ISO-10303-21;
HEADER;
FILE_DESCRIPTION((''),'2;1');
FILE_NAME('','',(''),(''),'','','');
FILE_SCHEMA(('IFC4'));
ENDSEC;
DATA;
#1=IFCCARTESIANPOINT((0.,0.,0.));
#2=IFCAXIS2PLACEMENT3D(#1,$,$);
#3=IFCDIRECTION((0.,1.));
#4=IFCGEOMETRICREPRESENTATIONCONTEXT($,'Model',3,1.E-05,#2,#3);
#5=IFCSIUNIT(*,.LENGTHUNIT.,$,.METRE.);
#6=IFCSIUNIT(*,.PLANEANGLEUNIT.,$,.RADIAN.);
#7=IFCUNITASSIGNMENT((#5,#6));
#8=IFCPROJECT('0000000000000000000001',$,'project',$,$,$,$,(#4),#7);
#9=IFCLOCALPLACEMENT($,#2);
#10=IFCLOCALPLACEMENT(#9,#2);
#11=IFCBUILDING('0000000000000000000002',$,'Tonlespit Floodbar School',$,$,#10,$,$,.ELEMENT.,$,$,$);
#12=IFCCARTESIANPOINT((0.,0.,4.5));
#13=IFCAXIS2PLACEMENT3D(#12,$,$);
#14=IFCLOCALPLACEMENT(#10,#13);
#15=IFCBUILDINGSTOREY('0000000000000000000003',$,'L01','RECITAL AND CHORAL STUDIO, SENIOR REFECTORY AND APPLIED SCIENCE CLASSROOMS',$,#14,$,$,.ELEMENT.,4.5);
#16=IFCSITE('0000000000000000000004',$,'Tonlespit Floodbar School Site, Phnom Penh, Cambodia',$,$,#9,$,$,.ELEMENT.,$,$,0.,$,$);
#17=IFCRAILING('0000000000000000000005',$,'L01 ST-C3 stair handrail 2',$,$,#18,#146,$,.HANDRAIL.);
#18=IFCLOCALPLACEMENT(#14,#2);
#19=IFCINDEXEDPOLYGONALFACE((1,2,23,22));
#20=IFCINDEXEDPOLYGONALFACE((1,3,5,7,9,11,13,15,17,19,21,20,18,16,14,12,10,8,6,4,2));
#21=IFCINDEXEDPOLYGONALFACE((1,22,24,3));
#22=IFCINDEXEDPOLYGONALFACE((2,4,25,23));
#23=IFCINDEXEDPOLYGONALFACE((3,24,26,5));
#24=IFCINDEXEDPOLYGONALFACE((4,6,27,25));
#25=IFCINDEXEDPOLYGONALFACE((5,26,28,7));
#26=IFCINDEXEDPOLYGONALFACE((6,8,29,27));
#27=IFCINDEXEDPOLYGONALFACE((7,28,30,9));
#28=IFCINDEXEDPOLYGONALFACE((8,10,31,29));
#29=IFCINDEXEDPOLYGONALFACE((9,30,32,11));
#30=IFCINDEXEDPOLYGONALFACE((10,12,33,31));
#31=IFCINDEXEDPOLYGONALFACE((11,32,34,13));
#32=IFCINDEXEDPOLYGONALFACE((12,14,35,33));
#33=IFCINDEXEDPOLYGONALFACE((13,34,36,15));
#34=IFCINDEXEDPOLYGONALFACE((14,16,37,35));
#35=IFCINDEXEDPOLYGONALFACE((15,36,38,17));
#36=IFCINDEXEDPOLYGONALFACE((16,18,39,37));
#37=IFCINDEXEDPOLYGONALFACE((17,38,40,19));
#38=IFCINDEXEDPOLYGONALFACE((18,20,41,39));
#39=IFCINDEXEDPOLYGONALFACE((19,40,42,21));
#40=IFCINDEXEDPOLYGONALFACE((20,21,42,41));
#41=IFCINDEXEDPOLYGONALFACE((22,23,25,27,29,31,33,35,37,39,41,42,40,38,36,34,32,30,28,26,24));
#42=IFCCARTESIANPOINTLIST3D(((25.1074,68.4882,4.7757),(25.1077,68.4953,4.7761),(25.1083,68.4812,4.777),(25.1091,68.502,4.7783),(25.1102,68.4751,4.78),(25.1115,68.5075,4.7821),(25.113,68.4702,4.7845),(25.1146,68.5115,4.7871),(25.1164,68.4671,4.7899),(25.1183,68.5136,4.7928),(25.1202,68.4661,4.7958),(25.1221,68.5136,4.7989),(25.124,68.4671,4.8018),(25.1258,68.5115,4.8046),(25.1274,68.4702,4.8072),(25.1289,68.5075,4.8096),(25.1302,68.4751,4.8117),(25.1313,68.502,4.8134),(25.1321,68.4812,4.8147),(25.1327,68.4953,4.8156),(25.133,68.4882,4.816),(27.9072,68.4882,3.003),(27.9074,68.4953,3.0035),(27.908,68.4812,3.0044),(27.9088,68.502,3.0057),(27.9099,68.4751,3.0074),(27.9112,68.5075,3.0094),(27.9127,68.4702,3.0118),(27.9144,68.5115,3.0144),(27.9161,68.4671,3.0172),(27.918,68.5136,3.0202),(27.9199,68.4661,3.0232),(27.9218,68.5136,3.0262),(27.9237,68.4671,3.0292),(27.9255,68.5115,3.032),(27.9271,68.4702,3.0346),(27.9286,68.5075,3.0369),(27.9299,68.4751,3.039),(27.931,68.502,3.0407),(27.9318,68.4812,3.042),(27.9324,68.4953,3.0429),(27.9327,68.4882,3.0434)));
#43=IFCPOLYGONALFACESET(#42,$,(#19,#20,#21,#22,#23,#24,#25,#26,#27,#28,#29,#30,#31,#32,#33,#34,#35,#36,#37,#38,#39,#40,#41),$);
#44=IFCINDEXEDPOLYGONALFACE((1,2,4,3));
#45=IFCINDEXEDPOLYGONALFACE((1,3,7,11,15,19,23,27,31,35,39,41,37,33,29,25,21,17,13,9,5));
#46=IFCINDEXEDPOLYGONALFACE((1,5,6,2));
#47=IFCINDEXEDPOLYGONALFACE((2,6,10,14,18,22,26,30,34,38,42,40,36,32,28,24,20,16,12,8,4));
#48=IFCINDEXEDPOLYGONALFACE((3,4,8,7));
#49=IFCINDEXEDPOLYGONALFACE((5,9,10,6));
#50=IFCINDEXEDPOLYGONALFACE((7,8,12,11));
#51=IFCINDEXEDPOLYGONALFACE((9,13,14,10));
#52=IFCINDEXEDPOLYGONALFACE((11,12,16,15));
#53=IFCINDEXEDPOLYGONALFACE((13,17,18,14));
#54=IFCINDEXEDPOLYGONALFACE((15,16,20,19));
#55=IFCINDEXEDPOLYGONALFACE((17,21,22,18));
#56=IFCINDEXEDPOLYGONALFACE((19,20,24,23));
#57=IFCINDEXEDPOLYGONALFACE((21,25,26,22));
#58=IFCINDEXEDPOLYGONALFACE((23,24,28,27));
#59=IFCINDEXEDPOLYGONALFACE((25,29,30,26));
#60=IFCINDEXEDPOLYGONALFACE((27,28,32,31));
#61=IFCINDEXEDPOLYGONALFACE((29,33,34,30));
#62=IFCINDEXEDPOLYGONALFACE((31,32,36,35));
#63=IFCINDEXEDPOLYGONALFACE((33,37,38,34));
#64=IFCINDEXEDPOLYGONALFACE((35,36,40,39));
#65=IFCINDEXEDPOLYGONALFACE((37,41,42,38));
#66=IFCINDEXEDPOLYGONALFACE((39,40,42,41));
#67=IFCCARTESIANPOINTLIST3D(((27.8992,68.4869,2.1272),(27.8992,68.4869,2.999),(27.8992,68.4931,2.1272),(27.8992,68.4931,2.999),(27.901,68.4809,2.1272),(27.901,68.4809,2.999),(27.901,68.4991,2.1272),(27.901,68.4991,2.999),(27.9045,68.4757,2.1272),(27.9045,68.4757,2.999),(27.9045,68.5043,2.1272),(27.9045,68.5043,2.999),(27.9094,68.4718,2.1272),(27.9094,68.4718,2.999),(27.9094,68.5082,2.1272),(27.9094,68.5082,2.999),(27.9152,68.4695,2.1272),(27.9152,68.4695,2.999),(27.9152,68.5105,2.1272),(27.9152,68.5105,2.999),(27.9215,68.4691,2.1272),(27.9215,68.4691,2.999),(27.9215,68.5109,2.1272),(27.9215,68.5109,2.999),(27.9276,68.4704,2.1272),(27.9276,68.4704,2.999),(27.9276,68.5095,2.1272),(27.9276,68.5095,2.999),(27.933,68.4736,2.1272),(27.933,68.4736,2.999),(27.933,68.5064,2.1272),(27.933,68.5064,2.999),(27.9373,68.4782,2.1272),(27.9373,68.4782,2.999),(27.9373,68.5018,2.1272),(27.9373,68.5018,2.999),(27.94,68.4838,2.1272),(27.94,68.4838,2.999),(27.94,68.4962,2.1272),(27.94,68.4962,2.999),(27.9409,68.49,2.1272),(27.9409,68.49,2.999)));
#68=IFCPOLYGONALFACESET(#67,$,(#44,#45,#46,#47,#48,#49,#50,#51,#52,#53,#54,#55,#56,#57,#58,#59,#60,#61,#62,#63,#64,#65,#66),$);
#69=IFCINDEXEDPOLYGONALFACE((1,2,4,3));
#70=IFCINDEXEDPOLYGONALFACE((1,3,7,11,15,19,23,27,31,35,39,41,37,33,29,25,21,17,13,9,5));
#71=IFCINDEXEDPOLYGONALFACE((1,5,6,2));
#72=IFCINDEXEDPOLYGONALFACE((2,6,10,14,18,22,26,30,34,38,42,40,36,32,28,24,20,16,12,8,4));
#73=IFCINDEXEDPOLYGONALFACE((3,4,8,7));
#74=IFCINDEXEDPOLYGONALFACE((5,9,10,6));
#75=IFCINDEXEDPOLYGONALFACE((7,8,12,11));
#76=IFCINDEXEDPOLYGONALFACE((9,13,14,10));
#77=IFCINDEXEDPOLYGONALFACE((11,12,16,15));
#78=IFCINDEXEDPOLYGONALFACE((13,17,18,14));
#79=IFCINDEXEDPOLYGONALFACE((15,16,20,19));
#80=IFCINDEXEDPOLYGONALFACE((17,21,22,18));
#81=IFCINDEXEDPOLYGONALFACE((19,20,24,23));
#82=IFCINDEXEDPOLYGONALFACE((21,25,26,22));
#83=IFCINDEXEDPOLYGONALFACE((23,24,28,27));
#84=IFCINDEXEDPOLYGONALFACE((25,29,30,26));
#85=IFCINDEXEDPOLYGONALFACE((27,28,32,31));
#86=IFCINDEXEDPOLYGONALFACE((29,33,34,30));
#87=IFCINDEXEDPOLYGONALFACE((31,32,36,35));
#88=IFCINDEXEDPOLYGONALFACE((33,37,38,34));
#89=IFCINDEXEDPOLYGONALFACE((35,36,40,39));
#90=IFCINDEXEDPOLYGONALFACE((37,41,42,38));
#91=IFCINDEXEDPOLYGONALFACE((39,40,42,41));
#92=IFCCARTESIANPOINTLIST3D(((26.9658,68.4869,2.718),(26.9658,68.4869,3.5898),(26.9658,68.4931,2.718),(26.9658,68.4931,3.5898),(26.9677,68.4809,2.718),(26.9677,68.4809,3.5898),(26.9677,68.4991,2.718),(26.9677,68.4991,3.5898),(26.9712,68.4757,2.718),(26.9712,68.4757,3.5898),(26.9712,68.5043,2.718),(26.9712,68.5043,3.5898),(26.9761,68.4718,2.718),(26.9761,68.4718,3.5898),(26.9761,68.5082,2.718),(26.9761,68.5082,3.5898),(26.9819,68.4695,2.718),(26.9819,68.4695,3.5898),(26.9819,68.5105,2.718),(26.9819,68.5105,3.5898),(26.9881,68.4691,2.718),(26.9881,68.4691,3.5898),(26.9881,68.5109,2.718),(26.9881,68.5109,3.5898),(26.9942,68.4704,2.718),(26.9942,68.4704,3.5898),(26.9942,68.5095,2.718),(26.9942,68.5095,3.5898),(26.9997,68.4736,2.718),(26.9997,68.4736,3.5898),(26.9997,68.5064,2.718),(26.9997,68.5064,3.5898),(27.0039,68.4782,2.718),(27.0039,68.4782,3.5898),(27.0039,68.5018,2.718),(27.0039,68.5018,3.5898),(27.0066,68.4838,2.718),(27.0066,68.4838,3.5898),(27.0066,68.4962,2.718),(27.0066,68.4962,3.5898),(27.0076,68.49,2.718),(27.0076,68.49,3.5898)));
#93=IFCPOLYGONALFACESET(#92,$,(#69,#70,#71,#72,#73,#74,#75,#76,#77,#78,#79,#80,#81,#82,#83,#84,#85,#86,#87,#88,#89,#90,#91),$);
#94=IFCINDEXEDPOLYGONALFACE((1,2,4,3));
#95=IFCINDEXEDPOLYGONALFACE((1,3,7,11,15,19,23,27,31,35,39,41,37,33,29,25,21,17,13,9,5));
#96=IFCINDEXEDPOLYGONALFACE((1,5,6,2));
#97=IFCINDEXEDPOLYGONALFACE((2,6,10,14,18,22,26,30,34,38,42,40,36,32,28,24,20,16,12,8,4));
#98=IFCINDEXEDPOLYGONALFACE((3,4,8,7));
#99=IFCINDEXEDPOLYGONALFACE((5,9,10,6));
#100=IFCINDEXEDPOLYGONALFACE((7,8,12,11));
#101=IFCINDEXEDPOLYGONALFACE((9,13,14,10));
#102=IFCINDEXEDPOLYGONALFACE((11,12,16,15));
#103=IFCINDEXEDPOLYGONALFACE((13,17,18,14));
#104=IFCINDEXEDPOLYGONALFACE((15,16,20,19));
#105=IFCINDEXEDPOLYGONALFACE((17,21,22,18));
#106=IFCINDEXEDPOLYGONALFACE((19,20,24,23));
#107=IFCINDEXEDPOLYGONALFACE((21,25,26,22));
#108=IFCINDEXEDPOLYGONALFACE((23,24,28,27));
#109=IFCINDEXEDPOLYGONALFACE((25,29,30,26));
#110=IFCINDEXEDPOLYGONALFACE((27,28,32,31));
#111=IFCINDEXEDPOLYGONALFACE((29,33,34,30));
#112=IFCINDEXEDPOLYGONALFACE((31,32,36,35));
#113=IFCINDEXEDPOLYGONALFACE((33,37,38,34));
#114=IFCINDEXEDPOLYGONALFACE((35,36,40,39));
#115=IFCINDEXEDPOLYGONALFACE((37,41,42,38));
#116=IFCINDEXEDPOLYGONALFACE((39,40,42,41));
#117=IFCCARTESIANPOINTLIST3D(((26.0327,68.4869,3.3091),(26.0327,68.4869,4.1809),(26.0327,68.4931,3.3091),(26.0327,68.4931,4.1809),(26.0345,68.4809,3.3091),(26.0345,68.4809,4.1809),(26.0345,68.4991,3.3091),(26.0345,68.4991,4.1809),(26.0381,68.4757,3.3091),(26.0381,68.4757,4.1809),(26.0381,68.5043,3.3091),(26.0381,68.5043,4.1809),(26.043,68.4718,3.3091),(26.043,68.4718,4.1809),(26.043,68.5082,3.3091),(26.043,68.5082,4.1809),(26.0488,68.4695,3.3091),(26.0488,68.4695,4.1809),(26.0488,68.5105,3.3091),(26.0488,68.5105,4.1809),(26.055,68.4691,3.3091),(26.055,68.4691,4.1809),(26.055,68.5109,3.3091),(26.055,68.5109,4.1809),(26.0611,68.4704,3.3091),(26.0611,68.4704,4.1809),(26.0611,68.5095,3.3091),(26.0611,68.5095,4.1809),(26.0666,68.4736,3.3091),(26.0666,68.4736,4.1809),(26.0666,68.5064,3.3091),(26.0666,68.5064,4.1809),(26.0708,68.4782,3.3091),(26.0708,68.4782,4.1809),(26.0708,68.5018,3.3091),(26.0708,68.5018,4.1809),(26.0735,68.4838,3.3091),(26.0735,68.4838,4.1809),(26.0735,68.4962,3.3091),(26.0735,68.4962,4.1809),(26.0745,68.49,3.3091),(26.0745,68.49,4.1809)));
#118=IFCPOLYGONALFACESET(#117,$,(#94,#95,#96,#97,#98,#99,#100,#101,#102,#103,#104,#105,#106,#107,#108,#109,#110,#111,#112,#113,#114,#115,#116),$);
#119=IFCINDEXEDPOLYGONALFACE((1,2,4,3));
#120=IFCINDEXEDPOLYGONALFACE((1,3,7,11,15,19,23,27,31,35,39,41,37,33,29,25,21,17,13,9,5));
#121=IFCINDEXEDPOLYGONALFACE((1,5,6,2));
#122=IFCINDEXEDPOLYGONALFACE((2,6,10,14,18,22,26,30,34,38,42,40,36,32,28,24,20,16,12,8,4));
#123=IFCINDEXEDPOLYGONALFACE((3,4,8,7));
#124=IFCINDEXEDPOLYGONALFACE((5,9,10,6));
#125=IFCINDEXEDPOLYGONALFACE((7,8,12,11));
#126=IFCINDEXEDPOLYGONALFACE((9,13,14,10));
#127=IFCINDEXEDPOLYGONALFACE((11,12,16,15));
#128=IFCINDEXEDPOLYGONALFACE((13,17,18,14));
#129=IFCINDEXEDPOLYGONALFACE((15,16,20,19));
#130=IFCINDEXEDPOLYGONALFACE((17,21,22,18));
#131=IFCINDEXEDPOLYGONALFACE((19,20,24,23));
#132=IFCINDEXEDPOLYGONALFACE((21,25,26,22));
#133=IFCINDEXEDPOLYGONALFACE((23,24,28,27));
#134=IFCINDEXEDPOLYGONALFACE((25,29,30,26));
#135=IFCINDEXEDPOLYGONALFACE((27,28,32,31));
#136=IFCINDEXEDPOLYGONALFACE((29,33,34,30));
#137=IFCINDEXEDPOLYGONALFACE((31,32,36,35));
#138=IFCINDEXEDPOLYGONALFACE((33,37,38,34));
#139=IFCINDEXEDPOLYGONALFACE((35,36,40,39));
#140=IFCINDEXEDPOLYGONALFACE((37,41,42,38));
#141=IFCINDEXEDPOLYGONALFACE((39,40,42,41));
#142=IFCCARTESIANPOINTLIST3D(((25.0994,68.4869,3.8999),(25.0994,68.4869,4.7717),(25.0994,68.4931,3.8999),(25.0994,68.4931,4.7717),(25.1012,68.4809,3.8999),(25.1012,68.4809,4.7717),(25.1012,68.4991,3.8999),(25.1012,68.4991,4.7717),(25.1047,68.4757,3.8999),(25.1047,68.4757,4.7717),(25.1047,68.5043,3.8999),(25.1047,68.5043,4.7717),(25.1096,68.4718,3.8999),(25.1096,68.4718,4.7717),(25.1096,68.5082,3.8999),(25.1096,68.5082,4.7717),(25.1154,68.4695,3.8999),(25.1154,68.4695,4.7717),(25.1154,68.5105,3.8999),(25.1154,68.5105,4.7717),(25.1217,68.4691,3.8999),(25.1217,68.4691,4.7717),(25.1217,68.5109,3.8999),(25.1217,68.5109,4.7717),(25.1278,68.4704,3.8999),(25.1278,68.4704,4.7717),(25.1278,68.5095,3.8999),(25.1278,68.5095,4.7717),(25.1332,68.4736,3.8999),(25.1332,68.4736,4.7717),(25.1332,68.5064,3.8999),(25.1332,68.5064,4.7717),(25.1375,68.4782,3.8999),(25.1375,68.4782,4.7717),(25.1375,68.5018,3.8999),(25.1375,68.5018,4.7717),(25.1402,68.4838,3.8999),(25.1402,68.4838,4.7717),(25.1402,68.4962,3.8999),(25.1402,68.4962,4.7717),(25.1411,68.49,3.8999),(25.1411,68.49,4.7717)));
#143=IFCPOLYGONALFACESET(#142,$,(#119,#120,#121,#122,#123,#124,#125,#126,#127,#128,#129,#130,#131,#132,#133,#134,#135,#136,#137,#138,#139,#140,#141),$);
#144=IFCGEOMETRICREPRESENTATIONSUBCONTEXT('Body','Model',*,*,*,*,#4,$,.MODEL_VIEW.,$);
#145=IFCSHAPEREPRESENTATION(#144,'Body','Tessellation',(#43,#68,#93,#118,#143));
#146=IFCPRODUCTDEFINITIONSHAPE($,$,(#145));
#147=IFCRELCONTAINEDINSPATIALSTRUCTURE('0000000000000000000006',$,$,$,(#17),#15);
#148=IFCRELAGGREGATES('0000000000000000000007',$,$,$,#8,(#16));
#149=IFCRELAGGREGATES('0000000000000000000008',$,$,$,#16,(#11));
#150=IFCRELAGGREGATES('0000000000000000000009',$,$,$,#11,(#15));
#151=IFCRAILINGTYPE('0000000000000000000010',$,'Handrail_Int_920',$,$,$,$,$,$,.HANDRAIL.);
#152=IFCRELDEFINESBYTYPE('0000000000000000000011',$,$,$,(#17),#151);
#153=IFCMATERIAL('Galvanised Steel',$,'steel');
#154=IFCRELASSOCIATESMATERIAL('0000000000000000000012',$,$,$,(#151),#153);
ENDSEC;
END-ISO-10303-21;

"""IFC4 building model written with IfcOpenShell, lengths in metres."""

from ifc_helpers import new_model, si_unit, direction, frame, origin, origin_2d, place, context, subcontext, project, spatial, circle, extrude, material, type_object, element, save


model = new_model("IFC4")

# Units and contexts
model_context = context("Model", 3, precision=1e-05, world=origin(), true_north=direction((0.0, 1.0)))
body_context = subcontext(model_context, "Body", "Model", "MODEL_VIEW")
ifc_project = project(units=[si_unit("LENGTHUNIT", "METRE"), si_unit("PLANEANGLEUNIT", "RADIAN")], contexts=[model_context])

# Site, building, storey
site_placement = place(None, origin())
site = spatial("IfcSite", under=ifc_project, at=site_placement, Name="Tonlespit Floodbar School Site, Phnom Penh, Cambodia", CompositionType="ELEMENT", RefElevation=0.0)
building_placement = place(site_placement, origin())
building = spatial("IfcBuilding", under=site, at=building_placement, Name="Tonlespit Floodbar School", CompositionType="ELEMENT")
storey_placement = place(building_placement, frame((0.0, 0.0, 4.5)))
storey = spatial("IfcBuildingStorey", under=building, at=storey_placement, Name="L01", Description="RECITAL AND CHORAL STUDIO, SENIOR REFECTORY AND APPLIED SCIENCE CLASSROOMS", CompositionType="ELEMENT", Elevation=4.5)

# Shared definitions
ifc_material_1 = material(Name="Galvanised Steel", Category="steel")

# Railing
railing_type_1 = type_object("IfcRailingType", Name="Handrail_Int_920", PredefinedType="HANDRAIL", material=ifc_material_1)
railing_1_placement = place(storey_placement, frame((27.9199, 68.49, 2.1272)))
element("IfcRailing", 1, at=railing_1_placement, inside=storey, type_object=railing_type_1, Name="L01 ST-C3 stair handrail 2", PredefinedType="HANDRAIL", context=body_context, shape_type="SweptSolid", body=[
    extrude(circle(Radius=0.0239, at=origin_2d()), frame((0.0, 0.0, 0.896), z_axis=(-0.844888, 0.0, 0.534943), x_axis=(0.0, -1.0, 0.0)), (0.0, 0.0, 1.0), 3.3137),
    extrude(circle(Radius=0.021, at=origin_2d()), origin(), (0.0, 0.0, 1.0), 0.8718),
    extrude(circle(Radius=0.021, at=origin_2d()), frame((-0.9333, 0.0, 0.5908)), (0.0, 0.0, 1.0), 0.8718),
    extrude(circle(Radius=0.021, at=origin_2d()), frame((-1.8665, 0.0, 1.1819)), (0.0, 0.0, 1.0), 0.8718),
    extrude(circle(Radius=0.021, at=origin_2d()), frame((-2.7998, 0.0, 1.7727)), (0.0, 0.0, 1.0), 0.8718),
])

save(model, "model.ifc")
